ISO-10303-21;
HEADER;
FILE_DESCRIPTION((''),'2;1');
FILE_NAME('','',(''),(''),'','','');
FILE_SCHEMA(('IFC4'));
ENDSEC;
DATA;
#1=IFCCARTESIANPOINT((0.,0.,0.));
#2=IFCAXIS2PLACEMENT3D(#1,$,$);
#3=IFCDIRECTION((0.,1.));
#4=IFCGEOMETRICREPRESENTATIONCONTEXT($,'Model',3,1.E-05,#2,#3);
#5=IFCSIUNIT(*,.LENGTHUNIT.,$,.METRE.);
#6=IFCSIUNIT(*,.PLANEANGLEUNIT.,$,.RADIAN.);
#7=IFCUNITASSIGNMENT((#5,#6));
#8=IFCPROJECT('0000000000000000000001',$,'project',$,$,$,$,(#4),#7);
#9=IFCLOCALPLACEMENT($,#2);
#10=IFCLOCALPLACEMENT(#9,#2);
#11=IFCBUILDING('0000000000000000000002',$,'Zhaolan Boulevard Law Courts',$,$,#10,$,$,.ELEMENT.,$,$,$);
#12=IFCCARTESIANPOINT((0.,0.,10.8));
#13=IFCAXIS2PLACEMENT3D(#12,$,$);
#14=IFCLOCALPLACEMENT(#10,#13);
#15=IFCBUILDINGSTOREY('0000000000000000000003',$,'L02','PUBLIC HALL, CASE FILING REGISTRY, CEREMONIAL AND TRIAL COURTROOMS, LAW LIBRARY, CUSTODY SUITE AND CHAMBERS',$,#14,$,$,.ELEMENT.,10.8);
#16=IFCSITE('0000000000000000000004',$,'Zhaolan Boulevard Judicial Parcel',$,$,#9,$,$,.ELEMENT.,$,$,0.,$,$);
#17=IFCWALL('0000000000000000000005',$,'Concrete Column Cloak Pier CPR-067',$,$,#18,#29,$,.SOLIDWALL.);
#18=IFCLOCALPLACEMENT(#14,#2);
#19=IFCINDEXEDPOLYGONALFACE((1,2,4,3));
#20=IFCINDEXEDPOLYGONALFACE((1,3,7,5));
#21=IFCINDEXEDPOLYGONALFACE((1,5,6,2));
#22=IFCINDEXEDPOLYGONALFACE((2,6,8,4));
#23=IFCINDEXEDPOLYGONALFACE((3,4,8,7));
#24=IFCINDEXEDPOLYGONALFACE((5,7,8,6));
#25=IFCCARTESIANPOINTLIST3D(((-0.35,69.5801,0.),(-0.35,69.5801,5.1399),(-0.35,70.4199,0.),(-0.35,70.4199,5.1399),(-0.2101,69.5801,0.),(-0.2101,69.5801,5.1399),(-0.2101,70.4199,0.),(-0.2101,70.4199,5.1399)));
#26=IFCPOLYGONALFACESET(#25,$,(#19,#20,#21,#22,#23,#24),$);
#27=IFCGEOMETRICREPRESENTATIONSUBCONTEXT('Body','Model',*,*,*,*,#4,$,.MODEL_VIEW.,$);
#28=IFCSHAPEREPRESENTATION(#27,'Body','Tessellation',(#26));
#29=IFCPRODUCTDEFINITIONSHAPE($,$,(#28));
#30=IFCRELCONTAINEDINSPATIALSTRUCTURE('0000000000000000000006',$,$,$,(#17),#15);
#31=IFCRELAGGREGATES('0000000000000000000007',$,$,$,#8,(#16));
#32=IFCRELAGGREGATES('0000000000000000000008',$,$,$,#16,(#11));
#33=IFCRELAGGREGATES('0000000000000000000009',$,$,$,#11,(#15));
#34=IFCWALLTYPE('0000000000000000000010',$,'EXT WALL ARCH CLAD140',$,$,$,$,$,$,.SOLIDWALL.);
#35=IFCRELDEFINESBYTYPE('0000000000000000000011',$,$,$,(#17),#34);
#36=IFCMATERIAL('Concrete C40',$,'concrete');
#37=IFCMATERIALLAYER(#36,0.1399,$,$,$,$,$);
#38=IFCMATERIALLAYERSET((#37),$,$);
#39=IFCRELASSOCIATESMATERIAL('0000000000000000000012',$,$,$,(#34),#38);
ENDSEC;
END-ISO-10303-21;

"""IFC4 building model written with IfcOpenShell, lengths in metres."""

from ifc_helpers import new_model, si_unit, direction, frame, frame_2d, origin, place, context, subcontext, project, spatial, rectangle, extrude, material, layer, layer_set, type_object, element, save


model = new_model("IFC4")

# Units and contexts
model_context = context("Model", 3, precision=1e-05, world=origin(), true_north=direction((0.0, 1.0)))
body_context = subcontext(model_context, "Body", "Model", "MODEL_VIEW")
ifc_project = project(units=[si_unit("LENGTHUNIT", "METRE"), si_unit("PLANEANGLEUNIT", "RADIAN")], contexts=[model_context])

# Site, building, storey
site_placement = place(None, origin())
site = spatial("IfcSite", under=ifc_project, at=site_placement, Name="Zhaolan Boulevard Judicial Parcel", CompositionType="ELEMENT", RefElevation=0.0)
building_placement = place(site_placement, origin())
building = spatial("IfcBuilding", under=site, at=building_placement, Name="Zhaolan Boulevard Law Courts", CompositionType="ELEMENT")
storey_placement = place(building_placement, frame((0.0, 0.0, 10.8)))
storey = spatial("IfcBuildingStorey", under=building, at=storey_placement, Name="L02", Description="PUBLIC HALL, CASE FILING REGISTRY, CEREMONIAL AND TRIAL COURTROOMS, LAW LIBRARY, CUSTODY SUITE AND CHAMBERS", CompositionType="ELEMENT", Elevation=10.8)

# Wall
ifc_material_1 = material(Name="Concrete C40", Category="concrete")
ifc_layer_1 = layer(ifc_material_1, 0.1399)
ifc_layer_set_1 = layer_set([ifc_layer_1])
wall_type = type_object("IfcWallType", Name="EXT WALL ARCH CLAD140", PredefinedType="SOLIDWALL", material=ifc_layer_set_1)
for number, where, z_axis, x_axis, name in (
    (1, (-0.28, 69.5801, 0.0), (0.0, 0.0, 1.0), (0.0, 1.0, 0.0), "Concrete Column Cloak Pier CPR-067"),
):
    element("IfcWall", number, at=place(storey_placement, frame(where, z_axis=z_axis, x_axis=x_axis)), inside=storey, type_object=wall_type, Name=name, PredefinedType="SOLIDWALL", context=body_context, shape_type="SweptSolid", body=[
        extrude(rectangle(XDim=0.8398, YDim=0.1399, at=frame_2d((0.4199, 0.0))), origin(), (0.0, 0.0, 1.0), 5.1399),
    ])

save(model, "model.ifc")
